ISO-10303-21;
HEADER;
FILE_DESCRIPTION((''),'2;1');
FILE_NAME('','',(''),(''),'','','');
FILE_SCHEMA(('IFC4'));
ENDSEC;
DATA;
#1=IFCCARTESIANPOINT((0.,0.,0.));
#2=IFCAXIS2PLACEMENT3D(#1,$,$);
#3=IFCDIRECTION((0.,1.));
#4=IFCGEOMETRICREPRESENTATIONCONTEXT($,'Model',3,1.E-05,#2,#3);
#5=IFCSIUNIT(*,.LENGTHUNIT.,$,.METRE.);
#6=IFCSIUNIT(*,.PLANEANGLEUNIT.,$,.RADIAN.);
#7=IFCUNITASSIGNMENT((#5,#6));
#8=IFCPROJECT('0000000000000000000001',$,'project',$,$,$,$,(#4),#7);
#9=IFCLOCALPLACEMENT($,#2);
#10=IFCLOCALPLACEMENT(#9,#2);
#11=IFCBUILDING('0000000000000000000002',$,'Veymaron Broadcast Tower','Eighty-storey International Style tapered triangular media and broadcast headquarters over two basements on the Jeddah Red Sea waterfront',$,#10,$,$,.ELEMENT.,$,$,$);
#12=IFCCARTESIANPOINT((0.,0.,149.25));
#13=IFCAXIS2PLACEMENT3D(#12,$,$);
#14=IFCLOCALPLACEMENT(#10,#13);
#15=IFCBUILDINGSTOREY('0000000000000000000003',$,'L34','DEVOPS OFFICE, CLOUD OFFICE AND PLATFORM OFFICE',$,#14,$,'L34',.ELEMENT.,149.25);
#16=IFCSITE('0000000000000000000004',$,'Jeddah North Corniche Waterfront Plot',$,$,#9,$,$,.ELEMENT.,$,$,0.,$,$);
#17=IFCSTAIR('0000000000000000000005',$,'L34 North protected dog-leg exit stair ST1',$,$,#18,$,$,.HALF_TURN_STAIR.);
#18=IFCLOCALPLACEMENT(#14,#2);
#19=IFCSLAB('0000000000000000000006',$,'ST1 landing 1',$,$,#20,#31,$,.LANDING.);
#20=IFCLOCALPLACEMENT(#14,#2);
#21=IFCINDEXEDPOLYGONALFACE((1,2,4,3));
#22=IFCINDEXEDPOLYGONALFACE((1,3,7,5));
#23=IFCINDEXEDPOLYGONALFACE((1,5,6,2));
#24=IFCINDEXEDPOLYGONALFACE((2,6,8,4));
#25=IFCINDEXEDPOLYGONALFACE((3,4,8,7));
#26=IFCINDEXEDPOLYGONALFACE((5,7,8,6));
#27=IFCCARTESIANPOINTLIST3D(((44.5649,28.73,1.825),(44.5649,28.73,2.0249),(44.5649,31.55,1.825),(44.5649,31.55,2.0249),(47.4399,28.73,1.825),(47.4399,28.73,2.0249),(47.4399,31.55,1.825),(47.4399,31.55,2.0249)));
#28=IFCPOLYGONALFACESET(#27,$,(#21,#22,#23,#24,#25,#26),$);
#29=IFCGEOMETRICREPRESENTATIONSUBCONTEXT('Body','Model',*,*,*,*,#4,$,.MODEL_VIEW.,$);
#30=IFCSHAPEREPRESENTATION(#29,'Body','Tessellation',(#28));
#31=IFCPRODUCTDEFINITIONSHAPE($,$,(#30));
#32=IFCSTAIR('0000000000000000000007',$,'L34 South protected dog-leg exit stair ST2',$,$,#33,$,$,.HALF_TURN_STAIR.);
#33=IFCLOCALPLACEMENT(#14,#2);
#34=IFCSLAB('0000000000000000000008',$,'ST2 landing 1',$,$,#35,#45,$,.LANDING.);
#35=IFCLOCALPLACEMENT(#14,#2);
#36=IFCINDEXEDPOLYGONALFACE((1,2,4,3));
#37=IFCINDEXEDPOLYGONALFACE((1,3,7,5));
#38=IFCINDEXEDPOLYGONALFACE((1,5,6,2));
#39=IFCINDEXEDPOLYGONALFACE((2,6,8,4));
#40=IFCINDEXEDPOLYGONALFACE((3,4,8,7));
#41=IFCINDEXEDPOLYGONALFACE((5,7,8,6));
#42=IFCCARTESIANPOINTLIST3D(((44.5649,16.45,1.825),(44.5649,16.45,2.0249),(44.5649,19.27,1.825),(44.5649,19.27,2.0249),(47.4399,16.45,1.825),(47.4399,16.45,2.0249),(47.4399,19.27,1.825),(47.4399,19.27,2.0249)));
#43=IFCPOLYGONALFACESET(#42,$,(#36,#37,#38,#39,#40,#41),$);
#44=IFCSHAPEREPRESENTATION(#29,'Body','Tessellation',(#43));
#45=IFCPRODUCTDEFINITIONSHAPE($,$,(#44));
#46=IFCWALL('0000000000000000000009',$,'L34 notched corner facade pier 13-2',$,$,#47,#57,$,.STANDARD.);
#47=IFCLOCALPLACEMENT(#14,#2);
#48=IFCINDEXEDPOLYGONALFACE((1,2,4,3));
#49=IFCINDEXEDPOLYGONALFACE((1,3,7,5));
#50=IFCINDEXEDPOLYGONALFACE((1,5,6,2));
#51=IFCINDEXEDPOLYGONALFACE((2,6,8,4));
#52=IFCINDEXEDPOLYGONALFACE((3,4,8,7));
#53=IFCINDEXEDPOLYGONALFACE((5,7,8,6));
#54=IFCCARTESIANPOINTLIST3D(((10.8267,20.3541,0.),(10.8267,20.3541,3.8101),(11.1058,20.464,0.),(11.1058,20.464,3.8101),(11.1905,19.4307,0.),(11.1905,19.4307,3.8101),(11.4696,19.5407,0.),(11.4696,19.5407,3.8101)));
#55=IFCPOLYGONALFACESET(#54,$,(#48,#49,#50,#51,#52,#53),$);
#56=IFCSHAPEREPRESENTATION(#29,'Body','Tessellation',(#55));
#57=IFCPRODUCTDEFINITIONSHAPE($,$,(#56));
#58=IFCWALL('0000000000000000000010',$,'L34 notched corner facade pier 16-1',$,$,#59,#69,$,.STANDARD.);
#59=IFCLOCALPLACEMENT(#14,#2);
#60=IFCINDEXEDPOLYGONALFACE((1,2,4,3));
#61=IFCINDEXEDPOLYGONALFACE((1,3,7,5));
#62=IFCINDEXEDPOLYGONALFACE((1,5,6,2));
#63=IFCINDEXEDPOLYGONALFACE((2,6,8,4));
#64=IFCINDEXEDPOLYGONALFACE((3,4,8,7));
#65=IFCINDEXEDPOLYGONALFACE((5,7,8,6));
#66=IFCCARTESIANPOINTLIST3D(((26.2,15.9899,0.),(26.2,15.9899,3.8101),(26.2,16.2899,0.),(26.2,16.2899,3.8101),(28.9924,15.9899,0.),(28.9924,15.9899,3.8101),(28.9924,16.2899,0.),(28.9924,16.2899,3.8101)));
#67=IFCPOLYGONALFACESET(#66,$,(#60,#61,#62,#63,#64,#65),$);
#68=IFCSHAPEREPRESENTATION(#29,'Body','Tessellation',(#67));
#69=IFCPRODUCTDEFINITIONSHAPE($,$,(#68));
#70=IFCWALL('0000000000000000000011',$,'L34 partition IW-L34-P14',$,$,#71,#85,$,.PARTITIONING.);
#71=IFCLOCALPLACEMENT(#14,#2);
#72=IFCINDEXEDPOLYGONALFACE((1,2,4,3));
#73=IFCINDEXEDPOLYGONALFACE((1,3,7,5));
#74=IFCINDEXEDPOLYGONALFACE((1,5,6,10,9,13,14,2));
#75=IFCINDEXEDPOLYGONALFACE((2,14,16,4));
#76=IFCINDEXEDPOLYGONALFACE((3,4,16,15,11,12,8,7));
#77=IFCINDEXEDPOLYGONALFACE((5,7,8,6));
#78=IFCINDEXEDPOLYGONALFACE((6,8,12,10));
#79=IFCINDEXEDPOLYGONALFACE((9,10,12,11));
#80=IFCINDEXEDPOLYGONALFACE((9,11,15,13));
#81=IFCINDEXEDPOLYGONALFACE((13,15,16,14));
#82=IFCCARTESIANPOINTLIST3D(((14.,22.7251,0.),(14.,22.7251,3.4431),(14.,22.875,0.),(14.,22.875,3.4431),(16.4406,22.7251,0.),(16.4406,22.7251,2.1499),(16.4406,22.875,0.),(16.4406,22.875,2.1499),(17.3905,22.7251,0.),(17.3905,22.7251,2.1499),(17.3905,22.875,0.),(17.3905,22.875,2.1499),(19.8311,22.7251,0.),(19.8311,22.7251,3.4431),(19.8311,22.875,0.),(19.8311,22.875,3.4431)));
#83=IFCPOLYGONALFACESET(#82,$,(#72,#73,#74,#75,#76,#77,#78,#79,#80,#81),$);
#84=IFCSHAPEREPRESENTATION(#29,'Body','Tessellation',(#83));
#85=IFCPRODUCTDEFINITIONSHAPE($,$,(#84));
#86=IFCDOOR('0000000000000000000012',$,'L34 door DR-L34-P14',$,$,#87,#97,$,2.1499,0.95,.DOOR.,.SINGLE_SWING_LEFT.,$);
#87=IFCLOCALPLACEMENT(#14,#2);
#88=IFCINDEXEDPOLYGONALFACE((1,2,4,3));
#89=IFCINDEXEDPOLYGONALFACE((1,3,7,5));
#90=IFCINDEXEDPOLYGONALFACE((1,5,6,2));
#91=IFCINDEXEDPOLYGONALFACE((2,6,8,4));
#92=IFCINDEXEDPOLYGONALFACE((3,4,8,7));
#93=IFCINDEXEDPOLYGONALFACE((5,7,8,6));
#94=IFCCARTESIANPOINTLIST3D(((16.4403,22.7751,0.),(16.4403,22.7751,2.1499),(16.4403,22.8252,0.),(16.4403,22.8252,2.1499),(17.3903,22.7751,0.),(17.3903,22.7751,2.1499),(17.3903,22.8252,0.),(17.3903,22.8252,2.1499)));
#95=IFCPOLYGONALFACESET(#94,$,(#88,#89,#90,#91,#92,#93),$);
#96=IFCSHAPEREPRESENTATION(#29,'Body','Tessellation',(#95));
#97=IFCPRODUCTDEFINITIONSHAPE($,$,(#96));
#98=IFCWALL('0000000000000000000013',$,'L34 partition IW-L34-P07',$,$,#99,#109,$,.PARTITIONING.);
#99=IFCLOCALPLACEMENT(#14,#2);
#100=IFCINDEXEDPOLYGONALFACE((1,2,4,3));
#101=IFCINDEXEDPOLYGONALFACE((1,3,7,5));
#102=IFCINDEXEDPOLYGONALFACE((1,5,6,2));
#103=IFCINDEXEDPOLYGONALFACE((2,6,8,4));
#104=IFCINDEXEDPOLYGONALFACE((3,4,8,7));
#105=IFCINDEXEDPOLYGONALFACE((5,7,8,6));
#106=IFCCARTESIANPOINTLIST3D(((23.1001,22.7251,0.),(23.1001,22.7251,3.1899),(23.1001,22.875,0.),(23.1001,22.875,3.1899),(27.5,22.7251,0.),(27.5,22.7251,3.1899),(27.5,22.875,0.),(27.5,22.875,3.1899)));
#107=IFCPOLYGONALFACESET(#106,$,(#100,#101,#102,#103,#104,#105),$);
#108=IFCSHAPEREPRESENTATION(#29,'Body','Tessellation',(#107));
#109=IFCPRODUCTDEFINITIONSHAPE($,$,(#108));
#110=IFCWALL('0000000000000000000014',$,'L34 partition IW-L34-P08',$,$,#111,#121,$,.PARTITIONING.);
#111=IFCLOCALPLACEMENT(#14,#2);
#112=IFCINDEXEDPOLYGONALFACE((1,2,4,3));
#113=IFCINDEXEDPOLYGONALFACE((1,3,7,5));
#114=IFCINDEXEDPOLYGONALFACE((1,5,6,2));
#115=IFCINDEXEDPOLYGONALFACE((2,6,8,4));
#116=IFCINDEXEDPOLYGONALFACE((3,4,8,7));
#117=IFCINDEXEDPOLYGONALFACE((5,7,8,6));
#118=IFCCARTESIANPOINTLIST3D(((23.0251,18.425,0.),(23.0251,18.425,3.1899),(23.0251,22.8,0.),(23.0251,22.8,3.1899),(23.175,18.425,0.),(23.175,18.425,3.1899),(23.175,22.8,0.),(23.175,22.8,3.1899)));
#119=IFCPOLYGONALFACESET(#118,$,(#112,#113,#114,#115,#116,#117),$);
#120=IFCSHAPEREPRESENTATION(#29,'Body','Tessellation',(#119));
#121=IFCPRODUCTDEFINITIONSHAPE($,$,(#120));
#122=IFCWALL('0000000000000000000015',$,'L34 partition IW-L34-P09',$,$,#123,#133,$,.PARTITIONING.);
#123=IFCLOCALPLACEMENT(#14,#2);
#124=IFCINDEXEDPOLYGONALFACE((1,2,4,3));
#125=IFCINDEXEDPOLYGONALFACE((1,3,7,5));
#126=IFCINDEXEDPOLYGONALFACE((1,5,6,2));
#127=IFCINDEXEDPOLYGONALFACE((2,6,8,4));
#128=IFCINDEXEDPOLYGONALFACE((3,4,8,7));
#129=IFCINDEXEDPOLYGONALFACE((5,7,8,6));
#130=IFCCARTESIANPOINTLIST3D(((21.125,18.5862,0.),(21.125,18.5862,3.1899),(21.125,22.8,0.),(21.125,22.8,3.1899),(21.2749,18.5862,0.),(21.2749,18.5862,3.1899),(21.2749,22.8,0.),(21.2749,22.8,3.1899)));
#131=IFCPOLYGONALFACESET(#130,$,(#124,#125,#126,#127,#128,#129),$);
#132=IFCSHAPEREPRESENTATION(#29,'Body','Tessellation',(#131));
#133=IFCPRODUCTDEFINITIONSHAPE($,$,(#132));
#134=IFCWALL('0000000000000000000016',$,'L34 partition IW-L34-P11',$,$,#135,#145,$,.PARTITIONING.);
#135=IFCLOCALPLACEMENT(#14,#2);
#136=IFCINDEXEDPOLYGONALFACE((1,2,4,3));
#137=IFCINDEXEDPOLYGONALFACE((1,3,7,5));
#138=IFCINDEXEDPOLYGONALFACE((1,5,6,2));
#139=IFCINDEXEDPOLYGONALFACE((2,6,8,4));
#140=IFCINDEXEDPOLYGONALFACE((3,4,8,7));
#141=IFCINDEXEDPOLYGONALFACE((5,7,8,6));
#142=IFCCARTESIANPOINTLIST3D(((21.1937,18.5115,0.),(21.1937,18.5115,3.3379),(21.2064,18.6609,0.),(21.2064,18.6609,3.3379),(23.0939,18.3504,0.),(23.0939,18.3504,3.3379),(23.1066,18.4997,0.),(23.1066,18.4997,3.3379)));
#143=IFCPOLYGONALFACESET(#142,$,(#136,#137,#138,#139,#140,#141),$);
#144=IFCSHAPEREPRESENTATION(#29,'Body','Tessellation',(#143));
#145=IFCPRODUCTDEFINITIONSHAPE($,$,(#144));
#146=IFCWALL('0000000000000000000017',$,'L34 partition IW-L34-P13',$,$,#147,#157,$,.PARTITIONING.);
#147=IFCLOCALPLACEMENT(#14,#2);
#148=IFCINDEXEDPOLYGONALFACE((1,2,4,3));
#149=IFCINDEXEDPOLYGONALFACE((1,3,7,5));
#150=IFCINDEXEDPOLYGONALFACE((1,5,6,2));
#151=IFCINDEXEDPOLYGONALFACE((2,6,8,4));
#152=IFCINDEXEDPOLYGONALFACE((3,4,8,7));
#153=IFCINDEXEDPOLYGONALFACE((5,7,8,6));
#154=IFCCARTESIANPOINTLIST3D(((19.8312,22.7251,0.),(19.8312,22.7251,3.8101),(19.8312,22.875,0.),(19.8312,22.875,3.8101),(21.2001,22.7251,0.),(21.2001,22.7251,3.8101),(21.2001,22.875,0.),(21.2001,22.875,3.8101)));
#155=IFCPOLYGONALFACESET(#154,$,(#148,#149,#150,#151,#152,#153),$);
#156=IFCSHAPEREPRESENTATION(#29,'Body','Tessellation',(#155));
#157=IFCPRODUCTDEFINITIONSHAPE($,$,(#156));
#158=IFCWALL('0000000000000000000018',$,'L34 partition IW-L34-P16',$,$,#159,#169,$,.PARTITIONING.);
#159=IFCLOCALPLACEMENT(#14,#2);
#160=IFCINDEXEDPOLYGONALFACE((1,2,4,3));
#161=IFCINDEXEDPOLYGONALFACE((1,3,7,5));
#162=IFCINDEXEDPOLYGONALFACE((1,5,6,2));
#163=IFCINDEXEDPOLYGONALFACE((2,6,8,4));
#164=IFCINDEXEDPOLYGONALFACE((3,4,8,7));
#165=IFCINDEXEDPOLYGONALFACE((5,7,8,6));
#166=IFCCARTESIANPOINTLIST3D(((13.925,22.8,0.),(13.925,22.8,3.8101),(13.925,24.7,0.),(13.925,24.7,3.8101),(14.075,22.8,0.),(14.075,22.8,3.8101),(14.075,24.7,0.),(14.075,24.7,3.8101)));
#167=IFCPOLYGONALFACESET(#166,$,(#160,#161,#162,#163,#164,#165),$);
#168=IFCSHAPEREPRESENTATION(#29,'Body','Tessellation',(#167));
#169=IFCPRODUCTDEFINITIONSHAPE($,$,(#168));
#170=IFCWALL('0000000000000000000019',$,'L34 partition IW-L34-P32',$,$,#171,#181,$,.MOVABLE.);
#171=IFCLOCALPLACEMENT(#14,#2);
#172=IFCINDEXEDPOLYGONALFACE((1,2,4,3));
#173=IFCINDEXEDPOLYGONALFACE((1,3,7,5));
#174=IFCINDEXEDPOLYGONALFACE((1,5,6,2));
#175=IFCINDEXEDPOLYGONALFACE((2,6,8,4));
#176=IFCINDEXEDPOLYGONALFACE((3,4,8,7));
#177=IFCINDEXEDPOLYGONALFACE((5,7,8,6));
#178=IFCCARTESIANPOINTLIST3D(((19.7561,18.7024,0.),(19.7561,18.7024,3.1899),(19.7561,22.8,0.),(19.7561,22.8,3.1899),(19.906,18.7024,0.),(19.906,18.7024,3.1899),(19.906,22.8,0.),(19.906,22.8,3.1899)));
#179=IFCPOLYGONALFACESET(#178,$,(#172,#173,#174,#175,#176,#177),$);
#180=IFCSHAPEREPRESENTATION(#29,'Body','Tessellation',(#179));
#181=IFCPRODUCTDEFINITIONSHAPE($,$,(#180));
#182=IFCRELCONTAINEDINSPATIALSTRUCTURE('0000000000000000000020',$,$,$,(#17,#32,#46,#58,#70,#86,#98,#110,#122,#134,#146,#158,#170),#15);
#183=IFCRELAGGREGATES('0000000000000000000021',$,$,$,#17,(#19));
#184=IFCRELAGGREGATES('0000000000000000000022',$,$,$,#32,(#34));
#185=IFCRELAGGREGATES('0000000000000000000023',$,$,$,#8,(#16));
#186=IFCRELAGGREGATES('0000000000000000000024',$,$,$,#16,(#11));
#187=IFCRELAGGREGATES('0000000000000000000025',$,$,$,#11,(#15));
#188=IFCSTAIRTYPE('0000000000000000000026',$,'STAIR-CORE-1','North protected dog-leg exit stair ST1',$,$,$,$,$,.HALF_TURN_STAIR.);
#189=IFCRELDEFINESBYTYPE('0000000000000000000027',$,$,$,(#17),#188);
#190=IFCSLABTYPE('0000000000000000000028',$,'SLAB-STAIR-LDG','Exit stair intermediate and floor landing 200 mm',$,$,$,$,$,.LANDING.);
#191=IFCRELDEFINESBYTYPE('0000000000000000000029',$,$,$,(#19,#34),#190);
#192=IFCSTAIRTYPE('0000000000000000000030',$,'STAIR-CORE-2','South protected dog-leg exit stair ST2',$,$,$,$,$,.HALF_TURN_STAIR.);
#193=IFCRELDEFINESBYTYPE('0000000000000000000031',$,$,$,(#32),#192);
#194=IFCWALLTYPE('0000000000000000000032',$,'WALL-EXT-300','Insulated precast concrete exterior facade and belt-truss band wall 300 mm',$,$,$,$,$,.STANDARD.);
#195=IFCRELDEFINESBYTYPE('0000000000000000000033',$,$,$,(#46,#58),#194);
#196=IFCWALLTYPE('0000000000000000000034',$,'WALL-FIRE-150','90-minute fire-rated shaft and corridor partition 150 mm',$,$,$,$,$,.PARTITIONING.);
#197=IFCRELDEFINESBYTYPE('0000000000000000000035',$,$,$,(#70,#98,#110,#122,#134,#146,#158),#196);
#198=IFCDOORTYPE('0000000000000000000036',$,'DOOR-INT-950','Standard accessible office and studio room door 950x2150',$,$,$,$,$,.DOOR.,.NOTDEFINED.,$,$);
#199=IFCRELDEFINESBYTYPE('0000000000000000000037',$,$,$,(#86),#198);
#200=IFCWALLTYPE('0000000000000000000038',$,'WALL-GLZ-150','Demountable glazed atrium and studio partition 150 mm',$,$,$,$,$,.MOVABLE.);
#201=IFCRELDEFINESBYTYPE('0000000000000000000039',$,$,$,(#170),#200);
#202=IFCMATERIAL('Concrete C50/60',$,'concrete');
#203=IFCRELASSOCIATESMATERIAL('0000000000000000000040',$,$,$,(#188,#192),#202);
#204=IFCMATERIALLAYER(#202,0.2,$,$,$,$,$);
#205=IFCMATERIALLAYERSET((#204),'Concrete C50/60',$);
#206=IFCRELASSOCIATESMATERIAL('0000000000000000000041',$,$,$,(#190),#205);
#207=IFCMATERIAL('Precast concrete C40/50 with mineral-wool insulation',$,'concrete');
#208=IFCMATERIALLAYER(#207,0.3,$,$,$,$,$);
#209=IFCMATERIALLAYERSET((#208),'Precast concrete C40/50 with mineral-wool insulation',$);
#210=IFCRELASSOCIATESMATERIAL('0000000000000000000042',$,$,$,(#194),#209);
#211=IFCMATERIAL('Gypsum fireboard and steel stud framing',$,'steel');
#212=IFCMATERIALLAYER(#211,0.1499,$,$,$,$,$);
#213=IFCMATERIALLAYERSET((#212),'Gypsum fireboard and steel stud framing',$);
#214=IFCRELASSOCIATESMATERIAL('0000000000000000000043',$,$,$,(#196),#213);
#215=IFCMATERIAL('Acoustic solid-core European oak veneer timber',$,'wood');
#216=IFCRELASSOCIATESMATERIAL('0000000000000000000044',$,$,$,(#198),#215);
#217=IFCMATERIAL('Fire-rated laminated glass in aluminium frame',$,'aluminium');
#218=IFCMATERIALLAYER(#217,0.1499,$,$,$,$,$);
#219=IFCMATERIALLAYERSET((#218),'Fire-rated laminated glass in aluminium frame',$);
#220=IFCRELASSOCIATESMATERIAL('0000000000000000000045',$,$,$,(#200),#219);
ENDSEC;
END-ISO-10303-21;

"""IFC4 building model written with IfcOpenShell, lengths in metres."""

from ifc_helpers import new_model, si_unit, direction, frame, frame_2d, origin, place, context, subcontext, project, spatial, polyline, rectangle, outline, extrude, material, layer, layer_set, type_object, element, fill, aggregate, save


model = new_model("IFC4")

# Units and contexts
model_context = context("Model", 3, precision=1e-05, world=origin(), true_north=direction((0.0, 1.0)))
body_context = subcontext(model_context, "Body", "Model", "MODEL_VIEW")
ifc_project = project(units=[si_unit("LENGTHUNIT", "METRE"), si_unit("PLANEANGLEUNIT", "RADIAN")], contexts=[model_context])

# Site, building, storey
site_placement = place(None, origin())
site = spatial("IfcSite", under=ifc_project, at=site_placement, Name="Jeddah North Corniche Waterfront Plot", CompositionType="ELEMENT", RefElevation=0.0)
building_placement = place(site_placement, origin())
building = spatial("IfcBuilding", under=site, at=building_placement, Name="Veymaron Broadcast Tower", Description="Eighty-storey International Style tapered triangular media and broadcast headquarters over two basements on the Jeddah Red Sea waterfront", CompositionType="ELEMENT")
storey_placement = place(building_placement, frame((0.0, 0.0, 149.25)))
storey = spatial("IfcBuildingStorey", under=building, at=storey_placement, Name="L34", Description="DEVOPS OFFICE, CLOUD OFFICE AND PLATFORM OFFICE", LongName="L34", CompositionType="ELEMENT", Elevation=149.25)

# Stairs, slabs
ifc_material_1 = material(Name="Concrete C50/60", Category="concrete")
stair_type_1 = type_object("IfcStairType", Name="STAIR-CORE-1", Description="North protected dog-leg exit stair ST1", PredefinedType="HALF_TURN_STAIR", material=ifc_material_1)
stair_1_placement = place(storey_placement, origin())
stair_1 = element("IfcStair", 1, at=stair_1_placement, inside=storey, type_object=stair_type_1, Name="L34 North protected dog-leg exit stair ST1", PredefinedType="HALF_TURN_STAIR")
ifc_layer_1 = layer(ifc_material_1, 0.2)
ifc_layer_set_1 = layer_set([ifc_layer_1], Name="Concrete C50/60")
slab_type_1 = type_object("IfcSlabType", Name="SLAB-STAIR-LDG", Description="Exit stair intermediate and floor landing 200 mm", PredefinedType="LANDING", material=ifc_layer_set_1)
slab_1_placement = place(storey_placement, frame((0.0, 0.0, 1.825)))
slab_1 = element("IfcSlab", 2, at=slab_1_placement, type_object=slab_type_1, Name="ST1 landing 1", PredefinedType="LANDING", context=body_context, shape_type="SweptSolid", body=[
    extrude(outline(polyline([(44.5649, 28.73), (47.4399, 28.73), (47.4399, 31.55), (44.5649, 31.55), (44.5649, 28.73)])), origin(), (0.0, 0.0, 1.0), 0.2),
])
aggregate(stair_1, [slab_1])
stair_type_2 = type_object("IfcStairType", Name="STAIR-CORE-2", Description="South protected dog-leg exit stair ST2", PredefinedType="HALF_TURN_STAIR", material=ifc_material_1)
stair_2_placement = place(storey_placement, origin())
stair_2 = element("IfcStair", 3, at=stair_2_placement, inside=storey, type_object=stair_type_2, Name="L34 South protected dog-leg exit stair ST2", PredefinedType="HALF_TURN_STAIR")
slab_2_placement = place(storey_placement, frame((0.0, 0.0, 1.825)))
slab_2 = element("IfcSlab", 4, at=slab_2_placement, type_object=slab_type_1, Name="ST2 landing 1", PredefinedType="LANDING", context=body_context, shape_type="SweptSolid", body=[
    extrude(outline(polyline([(44.5649, 16.45), (47.4399, 16.45), (47.4399, 19.27), (44.5649, 19.27), (44.5649, 16.45)])), origin(), (0.0, 0.0, 1.0), 0.2),
])
aggregate(stair_2, [slab_2])

# Walls
ifc_material_2 = material(Name="Precast concrete C40/50 with mineral-wool insulation", Category="concrete")
ifc_layer_2 = layer(ifc_material_2, 0.3)
ifc_layer_set_2 = layer_set([ifc_layer_2], Name="Precast concrete C40/50 with mineral-wool insulation")
wall_type_1 = type_object("IfcWallType", Name="WALL-EXT-300", Description="Insulated precast concrete exterior facade and belt-truss band wall 300 mm", PredefinedType="STANDARD", material=ifc_layer_set_2)
wall_1_placement = place(storey_placement, frame((10.9663, 20.4089, 0.0), z_axis=(0.0, 0.0, 1.0), x_axis=(0.36655, -0.930398, 0.0)))
element("IfcWall", 5, at=wall_1_placement, inside=storey, type_object=wall_type_1, Name="L34 notched corner facade pier 13-2", PredefinedType="STANDARD", context=body_context, shape_type="SweptSolid", body=[
    extrude(rectangle(XDim=0.9924, YDim=0.3, at=frame_2d((0.4961, 0.0))), origin(), (0.0, 0.0, 1.0), 3.8101),
])
wall_2_placement = place(storey_placement, frame((26.2, 16.1399, 0.0), z_axis=(0.0, 0.0, 1.0), x_axis=(1.0, 0.0, 0.0)))
element("IfcWall", 6, at=wall_2_placement, inside=storey, type_object=wall_type_1, Name="L34 notched corner facade pier 16-1", PredefinedType="STANDARD", context=body_context, shape_type="SweptSolid", body=[
    extrude(rectangle(XDim=2.7925, YDim=0.3, at=frame_2d((1.3962, 0.0))), origin(), (0.0, 0.0, 1.0), 3.8101),
])

# Wall, opening, door
ifc_material_3 = material(Name="Gypsum fireboard and steel stud framing", Category="steel")
ifc_layer_3 = layer(ifc_material_3, 0.1499)
ifc_layer_set_3 = layer_set([ifc_layer_3], Name="Gypsum fireboard and steel stud framing")
wall_type_2 = type_object("IfcWallType", Name="WALL-FIRE-150", Description="90-minute fire-rated shaft and corridor partition 150 mm", PredefinedType="PARTITIONING", material=ifc_layer_set_3)
wall_3_placement = place(storey_placement, frame((14.0, 22.8, 0.0), z_axis=(0.0, 0.0, 1.0), x_axis=(1.0, 0.0, 0.0)))
wall_3 = element("IfcWall", 7, at=wall_3_placement, inside=storey, type_object=wall_type_2, Name="L34 partition IW-L34-P14", PredefinedType="PARTITIONING", context=body_context, shape_type="SweptSolid", body=[
    extrude(rectangle(XDim=5.8311, YDim=0.1499, at=frame_2d((2.9155, 0.0))), origin(), (0.0, 0.0, 1.0), 3.4431),
])
opening_placement = place(wall_3_placement, frame((2.4404, 0.0, 0.0)))
opening = element("IfcOpeningElement", 8, at=opening_placement, cuts=wall_3, PredefinedType="OPENING", context=body_context, shape_type="SweptSolid", body=[
    extrude(rectangle(XDim=0.95, YDim=2.1499, at=frame_2d((0.4751, 1.075))), frame((0.0, 0.085, 0.0), z_axis=(0.0, -1.0, 0.0), x_axis=(1.0, 0.0, 0.0)), (0.0, 0.0, 1.0), 0.1699),
])
ifc_material_4 = material(Name="Acoustic solid-core European oak veneer timber", Category="wood")
door_type = type_object("IfcDoorType", Name="DOOR-INT-950", Description="Standard accessible office and studio room door 950x2150", OperationType="NOTDEFINED", PredefinedType="DOOR", material=ifc_material_4)
door_placement = place(opening_placement, frame((0.95, 0.0, 0.0), z_axis=(0.0, 0.0, 1.0), x_axis=(-1.0, 0.0, 0.0)))
door = element("IfcDoor", 9, at=door_placement, inside=storey, type_object=door_type, Name="L34 door DR-L34-P14", OperationType="SINGLE_SWING_LEFT", OverallHeight=2.1499, OverallWidth=0.95, PredefinedType="DOOR", context=body_context, shape_type="SweptSolid", body=[
    extrude(rectangle(XDim=0.95, YDim=2.1499, at=frame_2d((0.4751, 1.075))), frame((0.0, 0.0249, 0.0), z_axis=(0.0, -1.0, 0.0), x_axis=(1.0, 0.0, 0.0)), (0.0, 0.0, 1.0), 0.05),
])
fill(opening, door)

# Walls
wall_4_placement = place(storey_placement, frame((23.1001, 22.8, 0.0), z_axis=(0.0, 0.0, 1.0), x_axis=(1.0, 0.0, 0.0)))
element("IfcWall", 10, at=wall_4_placement, inside=storey, type_object=wall_type_2, Name="L34 partition IW-L34-P07", PredefinedType="PARTITIONING", context=body_context, shape_type="SweptSolid", body=[
    extrude(rectangle(XDim=4.3999, YDim=0.1499, at=frame_2d((2.2, 0.0))), origin(), (0.0, 0.0, 1.0), 3.1899),
])
wall_5_placement = place(storey_placement, frame((23.1001, 18.425, 0.0), z_axis=(0.0, 0.0, 1.0), x_axis=(0.0, 1.0, 0.0)))
element("IfcWall", 11, at=wall_5_placement, inside=storey, type_object=wall_type_2, Name="L34 partition IW-L34-P08", PredefinedType="PARTITIONING", context=body_context, shape_type="SweptSolid", body=[
    extrude(rectangle(XDim=4.375, YDim=0.1499, at=frame_2d((2.1875, 0.0))), origin(), (0.0, 0.0, 1.0), 3.1899),
])
wall_6_placement = place(storey_placement, frame((21.2, 18.5862, 0.0), z_axis=(0.0, 0.0, 1.0), x_axis=(0.0, 1.0, 0.0)))
element("IfcWall", 12, at=wall_6_placement, inside=storey, type_object=wall_type_2, Name="L34 partition IW-L34-P09", PredefinedType="PARTITIONING", context=body_context, shape_type="SweptSolid", body=[
    extrude(rectangle(XDim=4.2139, YDim=0.1499, at=frame_2d((2.1069, 0.0))), origin(), (0.0, 0.0, 1.0), 3.1899),
])
wall_7_placement = place(storey_placement, frame((21.2, 18.5862, 0.0), z_axis=(0.0, 0.0, 1.0), x_axis=(0.996424, -0.084497, 0.0)))
element("IfcWall", 13, at=wall_7_placement, inside=storey, type_object=wall_type_2, Name="L34 partition IW-L34-P11", PredefinedType="PARTITIONING", context=body_context, shape_type="SweptSolid", body=[
    extrude(rectangle(XDim=1.907, YDim=0.1499, at=frame_2d((0.9536, 0.0))), origin(), (0.0, 0.0, 1.0), 3.3379),
])
wall_8_placement = place(storey_placement, frame((19.8311, 22.8, 0.0), z_axis=(0.0, 0.0, 1.0), x_axis=(1.0, 0.0, 0.0)))
element("IfcWall", 14, at=wall_8_placement, inside=storey, type_object=wall_type_2, Name="L34 partition IW-L34-P13", PredefinedType="PARTITIONING", context=body_context, shape_type="SweptSolid", body=[
    extrude(rectangle(XDim=1.3689, YDim=0.1499, at=frame_2d((0.6846, 0.0))), origin(), (0.0, 0.0, 1.0), 3.8101),
])
wall_9_placement = place(storey_placement, frame((14.0, 22.8, 0.0), z_axis=(0.0, 0.0, 1.0), x_axis=(0.0, 1.0, 0.0)))
element("IfcWall", 15, at=wall_9_placement, inside=storey, type_object=wall_type_2, Name="L34 partition IW-L34-P16", PredefinedType="PARTITIONING", context=body_context, shape_type="SweptSolid", body=[
    extrude(rectangle(XDim=1.8999, YDim=0.1499, at=frame_2d((0.95, 0.0))), origin(), (0.0, 0.0, 1.0), 3.8101),
])
ifc_material_5 = material(Name="Fire-rated laminated glass in aluminium frame", Category="aluminium")
ifc_layer_4 = layer(ifc_material_5, 0.1499)
ifc_layer_set_4 = layer_set([ifc_layer_4], Name="Fire-rated laminated glass in aluminium frame")
wall_type_3 = type_object("IfcWallType", Name="WALL-GLZ-150", Description="Demountable glazed atrium and studio partition 150 mm", PredefinedType="MOVABLE", material=ifc_layer_set_4)
wall_10_placement = place(storey_placement, frame((19.8311, 18.7024, 0.0), z_axis=(0.0, 0.0, 1.0), x_axis=(0.0, 1.0, 0.0)))
element("IfcWall", 16, at=wall_10_placement, inside=storey, type_object=wall_type_3, Name="L34 partition IW-L34-P32", PredefinedType="MOVABLE", context=body_context, shape_type="SweptSolid", body=[
    extrude(rectangle(XDim=4.0977, YDim=0.1499, at=frame_2d((2.0488, 0.0))), origin(), (0.0, 0.0, 1.0), 3.1899),
])

save(model, "model.ifc")
